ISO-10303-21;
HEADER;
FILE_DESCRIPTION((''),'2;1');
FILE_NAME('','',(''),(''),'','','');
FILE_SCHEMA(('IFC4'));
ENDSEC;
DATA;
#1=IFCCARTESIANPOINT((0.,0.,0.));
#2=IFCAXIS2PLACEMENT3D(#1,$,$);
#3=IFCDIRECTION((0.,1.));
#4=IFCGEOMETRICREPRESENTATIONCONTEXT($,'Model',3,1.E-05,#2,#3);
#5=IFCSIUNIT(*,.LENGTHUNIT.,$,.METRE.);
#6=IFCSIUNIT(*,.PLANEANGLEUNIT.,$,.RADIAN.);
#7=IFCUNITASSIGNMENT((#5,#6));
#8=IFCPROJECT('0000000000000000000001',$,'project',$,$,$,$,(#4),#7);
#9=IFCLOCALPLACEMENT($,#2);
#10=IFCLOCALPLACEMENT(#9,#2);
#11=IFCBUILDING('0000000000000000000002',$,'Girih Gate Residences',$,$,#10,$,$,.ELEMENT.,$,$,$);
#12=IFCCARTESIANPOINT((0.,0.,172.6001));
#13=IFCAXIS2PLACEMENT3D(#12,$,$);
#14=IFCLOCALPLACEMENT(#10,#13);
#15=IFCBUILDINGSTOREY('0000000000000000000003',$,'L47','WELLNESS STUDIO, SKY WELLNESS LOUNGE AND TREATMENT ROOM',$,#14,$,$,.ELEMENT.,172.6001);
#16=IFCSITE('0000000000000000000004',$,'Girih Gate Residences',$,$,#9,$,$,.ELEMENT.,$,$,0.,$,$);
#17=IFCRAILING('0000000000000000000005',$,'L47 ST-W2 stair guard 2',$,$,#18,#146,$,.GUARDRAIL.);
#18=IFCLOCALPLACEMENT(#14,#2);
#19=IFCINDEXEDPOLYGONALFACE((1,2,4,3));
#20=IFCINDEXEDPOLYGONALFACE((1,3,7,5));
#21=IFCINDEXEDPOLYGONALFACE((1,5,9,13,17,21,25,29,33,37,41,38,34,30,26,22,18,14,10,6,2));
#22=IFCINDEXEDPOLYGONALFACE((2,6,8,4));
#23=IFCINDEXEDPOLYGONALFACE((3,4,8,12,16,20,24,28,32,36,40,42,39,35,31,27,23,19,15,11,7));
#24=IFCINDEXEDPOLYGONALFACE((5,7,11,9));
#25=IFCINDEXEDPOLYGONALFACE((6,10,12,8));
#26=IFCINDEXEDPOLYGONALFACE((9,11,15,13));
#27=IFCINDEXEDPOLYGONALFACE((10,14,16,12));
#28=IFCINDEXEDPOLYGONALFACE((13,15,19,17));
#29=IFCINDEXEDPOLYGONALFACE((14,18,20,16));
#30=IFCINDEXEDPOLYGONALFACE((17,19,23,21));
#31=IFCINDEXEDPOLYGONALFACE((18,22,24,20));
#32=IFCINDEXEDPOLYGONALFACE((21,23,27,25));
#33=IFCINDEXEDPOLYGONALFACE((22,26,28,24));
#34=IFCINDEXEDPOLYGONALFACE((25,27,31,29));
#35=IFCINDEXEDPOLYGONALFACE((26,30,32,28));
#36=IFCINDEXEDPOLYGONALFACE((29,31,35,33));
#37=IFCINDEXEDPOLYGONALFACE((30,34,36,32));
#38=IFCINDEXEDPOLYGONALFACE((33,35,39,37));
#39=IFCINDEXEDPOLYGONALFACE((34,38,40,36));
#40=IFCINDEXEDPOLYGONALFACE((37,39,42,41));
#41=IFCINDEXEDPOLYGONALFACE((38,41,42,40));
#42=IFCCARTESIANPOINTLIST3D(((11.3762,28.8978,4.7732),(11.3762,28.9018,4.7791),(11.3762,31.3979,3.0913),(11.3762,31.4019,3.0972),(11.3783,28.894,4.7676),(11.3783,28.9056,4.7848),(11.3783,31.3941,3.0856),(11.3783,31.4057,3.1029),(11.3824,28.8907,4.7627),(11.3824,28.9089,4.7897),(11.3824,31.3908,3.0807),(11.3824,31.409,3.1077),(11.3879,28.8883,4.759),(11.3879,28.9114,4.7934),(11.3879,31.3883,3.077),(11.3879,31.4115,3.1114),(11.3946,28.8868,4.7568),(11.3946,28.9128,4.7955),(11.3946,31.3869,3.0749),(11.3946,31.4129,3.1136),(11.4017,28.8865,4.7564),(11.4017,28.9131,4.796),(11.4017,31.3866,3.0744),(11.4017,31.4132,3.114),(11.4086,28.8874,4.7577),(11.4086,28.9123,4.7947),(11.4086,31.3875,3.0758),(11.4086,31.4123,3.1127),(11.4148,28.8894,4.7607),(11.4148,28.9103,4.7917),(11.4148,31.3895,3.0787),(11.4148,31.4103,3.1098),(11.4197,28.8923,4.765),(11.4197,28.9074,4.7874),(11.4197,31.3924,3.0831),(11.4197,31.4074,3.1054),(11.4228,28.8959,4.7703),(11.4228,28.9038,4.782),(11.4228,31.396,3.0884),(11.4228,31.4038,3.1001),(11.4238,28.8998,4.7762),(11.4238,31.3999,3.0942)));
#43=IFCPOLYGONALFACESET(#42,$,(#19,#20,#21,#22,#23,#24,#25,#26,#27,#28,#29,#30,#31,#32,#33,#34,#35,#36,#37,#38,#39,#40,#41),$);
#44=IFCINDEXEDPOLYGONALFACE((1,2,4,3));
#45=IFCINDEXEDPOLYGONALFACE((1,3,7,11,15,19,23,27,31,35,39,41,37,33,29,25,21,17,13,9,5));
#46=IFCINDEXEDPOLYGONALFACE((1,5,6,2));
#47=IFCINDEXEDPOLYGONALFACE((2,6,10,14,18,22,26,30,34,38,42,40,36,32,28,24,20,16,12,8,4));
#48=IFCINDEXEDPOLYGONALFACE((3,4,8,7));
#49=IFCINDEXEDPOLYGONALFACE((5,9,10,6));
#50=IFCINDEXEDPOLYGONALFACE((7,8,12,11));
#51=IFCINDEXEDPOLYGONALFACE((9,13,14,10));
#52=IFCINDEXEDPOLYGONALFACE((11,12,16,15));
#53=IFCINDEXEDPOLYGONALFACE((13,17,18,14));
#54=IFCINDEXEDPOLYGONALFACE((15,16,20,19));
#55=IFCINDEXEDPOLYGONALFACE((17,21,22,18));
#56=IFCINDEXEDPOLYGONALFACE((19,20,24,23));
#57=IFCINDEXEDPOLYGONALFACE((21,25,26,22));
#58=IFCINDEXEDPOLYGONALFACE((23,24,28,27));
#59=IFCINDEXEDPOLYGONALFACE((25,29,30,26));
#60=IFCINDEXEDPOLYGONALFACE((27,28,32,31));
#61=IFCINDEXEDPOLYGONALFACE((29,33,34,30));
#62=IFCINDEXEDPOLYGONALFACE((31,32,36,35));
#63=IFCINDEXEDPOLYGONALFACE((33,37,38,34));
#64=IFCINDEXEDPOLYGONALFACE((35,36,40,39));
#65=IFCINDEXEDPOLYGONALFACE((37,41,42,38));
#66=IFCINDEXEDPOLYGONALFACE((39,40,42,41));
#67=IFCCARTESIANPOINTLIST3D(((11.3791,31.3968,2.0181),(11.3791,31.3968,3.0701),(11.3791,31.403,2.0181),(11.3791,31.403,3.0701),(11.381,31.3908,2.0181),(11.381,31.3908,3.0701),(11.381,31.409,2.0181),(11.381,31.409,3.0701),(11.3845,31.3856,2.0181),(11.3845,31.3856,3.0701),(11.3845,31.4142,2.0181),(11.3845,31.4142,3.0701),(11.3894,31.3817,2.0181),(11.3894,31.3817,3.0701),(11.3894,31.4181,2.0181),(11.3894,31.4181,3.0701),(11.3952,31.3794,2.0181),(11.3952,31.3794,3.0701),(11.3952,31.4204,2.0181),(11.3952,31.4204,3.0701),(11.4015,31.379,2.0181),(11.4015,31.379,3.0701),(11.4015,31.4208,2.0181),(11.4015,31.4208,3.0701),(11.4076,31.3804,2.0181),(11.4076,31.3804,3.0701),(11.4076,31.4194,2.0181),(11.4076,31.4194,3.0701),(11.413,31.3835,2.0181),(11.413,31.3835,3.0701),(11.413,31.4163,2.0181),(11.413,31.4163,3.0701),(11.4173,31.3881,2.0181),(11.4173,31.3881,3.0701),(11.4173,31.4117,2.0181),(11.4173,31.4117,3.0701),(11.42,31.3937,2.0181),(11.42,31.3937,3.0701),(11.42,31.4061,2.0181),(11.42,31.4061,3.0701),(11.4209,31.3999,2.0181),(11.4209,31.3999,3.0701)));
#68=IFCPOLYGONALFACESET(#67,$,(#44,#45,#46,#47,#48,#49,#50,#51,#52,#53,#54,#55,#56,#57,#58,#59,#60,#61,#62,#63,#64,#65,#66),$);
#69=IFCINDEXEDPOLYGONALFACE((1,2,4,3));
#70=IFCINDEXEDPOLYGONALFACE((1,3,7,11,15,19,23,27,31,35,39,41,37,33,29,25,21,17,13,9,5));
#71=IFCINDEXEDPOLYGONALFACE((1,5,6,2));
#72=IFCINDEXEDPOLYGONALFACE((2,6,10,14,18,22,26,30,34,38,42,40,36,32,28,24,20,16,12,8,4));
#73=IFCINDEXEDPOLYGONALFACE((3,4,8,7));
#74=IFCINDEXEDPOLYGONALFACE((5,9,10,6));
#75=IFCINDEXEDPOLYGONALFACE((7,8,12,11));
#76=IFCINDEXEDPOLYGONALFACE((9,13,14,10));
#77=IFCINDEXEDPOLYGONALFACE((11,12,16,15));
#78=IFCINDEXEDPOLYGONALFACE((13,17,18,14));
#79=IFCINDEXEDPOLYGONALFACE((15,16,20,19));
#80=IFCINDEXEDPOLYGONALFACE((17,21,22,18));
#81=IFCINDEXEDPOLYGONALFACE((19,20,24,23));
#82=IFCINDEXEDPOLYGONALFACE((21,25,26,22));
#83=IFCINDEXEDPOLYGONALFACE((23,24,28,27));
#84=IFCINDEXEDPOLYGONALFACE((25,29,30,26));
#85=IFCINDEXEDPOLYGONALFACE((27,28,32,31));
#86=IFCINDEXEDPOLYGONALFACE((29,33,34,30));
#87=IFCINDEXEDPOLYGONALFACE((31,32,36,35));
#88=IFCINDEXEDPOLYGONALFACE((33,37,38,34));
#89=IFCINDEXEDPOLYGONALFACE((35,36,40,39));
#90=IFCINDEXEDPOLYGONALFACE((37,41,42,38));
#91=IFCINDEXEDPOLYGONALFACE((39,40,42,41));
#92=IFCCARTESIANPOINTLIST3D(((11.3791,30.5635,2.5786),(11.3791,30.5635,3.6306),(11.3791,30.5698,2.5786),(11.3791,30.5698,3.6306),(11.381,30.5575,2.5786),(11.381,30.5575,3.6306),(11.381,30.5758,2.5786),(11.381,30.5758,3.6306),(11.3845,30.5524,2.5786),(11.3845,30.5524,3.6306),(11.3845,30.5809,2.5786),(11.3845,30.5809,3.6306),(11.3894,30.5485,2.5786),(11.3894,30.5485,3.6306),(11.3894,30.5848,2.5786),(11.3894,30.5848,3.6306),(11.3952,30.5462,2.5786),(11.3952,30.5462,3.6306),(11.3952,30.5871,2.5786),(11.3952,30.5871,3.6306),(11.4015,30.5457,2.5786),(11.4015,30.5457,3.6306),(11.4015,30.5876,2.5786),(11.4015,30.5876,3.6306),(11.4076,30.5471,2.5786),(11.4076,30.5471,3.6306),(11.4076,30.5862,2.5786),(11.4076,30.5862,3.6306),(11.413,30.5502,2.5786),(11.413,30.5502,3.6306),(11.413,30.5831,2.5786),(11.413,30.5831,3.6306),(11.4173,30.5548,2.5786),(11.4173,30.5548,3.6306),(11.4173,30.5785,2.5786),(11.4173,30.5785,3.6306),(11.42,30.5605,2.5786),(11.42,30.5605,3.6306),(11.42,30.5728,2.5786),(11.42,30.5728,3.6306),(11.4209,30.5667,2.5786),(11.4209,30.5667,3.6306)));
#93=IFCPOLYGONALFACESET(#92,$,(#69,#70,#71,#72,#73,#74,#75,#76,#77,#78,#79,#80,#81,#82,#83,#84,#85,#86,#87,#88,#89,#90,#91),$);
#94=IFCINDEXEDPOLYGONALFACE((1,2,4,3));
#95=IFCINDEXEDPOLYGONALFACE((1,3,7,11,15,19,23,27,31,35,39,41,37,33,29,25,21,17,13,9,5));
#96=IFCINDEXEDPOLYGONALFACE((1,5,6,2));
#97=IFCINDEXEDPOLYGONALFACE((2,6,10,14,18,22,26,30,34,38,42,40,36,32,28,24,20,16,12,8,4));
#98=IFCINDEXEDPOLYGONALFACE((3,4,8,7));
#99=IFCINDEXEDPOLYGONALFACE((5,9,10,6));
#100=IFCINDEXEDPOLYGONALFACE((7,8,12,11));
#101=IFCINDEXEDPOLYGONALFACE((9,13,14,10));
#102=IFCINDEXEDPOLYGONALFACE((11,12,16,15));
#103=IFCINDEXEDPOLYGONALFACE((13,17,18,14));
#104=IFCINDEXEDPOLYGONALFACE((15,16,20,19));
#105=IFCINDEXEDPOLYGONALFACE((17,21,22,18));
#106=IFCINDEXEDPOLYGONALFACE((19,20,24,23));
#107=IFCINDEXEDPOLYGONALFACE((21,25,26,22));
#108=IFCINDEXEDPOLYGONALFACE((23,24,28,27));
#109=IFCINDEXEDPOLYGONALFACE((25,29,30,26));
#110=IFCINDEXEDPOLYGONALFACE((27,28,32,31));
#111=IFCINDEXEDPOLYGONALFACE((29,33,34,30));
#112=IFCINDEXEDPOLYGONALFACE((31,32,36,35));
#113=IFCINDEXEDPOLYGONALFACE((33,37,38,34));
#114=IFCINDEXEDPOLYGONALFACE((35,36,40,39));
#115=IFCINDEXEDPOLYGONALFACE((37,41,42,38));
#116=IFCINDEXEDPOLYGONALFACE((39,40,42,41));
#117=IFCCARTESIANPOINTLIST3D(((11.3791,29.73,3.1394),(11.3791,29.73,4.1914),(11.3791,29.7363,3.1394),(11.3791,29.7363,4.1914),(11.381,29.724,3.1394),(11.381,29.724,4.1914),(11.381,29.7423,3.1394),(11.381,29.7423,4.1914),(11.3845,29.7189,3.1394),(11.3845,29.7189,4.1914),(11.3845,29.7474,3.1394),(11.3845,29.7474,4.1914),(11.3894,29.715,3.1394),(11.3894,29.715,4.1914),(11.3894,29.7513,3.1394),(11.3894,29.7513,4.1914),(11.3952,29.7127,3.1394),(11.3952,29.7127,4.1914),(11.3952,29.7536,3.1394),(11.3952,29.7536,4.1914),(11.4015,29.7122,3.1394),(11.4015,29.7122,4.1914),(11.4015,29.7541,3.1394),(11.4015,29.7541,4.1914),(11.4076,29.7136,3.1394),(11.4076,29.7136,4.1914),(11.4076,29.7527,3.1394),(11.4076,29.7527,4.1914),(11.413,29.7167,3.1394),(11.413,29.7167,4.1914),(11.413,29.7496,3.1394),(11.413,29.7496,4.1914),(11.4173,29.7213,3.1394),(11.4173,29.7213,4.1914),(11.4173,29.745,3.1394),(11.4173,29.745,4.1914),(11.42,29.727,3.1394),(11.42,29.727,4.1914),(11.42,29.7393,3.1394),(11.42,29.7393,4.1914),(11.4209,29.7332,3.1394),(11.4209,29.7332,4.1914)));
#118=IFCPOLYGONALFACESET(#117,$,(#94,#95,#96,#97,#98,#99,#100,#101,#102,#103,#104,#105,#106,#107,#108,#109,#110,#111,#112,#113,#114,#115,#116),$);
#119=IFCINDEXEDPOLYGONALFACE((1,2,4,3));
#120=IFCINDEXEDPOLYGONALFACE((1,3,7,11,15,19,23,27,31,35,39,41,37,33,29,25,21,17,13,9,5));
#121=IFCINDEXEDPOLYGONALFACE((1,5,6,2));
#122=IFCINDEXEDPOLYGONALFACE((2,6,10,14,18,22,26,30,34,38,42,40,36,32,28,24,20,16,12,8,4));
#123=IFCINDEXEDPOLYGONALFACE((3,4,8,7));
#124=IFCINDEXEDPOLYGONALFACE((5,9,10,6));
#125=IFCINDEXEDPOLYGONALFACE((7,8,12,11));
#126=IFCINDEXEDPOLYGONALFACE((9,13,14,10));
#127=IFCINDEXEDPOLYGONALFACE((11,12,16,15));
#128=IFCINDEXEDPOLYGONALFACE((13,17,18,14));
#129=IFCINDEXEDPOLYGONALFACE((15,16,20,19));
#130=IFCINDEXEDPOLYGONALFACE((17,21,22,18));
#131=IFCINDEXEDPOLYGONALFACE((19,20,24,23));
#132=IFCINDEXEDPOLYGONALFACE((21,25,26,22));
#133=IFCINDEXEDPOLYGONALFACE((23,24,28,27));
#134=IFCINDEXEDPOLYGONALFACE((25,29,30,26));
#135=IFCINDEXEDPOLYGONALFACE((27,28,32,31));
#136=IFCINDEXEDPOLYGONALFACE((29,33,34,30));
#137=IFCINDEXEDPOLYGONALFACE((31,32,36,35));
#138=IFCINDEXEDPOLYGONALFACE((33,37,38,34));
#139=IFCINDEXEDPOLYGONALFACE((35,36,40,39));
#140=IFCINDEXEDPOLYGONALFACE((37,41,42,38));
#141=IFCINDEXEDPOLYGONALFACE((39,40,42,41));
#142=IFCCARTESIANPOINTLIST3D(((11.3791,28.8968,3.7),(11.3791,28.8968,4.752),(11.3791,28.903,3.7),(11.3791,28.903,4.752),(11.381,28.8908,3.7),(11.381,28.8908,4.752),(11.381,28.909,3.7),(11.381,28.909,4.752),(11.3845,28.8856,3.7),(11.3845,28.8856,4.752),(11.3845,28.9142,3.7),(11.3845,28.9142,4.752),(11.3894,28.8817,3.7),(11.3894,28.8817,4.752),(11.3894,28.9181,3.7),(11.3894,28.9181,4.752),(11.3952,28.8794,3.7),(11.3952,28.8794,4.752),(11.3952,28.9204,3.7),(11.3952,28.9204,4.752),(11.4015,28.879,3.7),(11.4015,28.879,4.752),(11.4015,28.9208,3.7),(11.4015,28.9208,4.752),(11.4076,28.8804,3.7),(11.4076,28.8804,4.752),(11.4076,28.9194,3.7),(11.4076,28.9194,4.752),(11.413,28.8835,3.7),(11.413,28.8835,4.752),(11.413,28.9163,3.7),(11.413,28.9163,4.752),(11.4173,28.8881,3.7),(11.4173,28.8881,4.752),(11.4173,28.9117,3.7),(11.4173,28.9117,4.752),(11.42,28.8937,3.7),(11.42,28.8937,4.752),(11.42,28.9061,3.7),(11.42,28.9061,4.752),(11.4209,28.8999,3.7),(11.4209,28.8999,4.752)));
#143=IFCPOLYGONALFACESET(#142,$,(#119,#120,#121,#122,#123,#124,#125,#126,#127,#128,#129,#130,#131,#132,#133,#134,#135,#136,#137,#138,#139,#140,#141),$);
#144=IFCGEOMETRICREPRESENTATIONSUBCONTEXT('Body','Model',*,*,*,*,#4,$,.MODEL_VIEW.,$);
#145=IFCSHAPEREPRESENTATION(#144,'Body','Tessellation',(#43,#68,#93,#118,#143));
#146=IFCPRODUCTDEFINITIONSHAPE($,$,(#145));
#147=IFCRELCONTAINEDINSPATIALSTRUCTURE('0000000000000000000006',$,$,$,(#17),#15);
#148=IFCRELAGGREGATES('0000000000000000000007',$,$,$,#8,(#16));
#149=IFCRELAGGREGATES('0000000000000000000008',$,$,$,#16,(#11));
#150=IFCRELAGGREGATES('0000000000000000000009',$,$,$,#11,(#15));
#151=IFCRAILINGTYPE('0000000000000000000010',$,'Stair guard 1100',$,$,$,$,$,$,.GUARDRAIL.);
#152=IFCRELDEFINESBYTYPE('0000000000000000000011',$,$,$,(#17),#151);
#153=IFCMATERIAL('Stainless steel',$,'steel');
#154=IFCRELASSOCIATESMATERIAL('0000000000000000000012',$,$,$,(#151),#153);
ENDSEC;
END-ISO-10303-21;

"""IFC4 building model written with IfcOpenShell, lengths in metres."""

from ifc_helpers import new_model, si_unit, direction, frame, origin, origin_2d, place, context, subcontext, project, spatial, circle, extrude, material, type_object, element, save


model = new_model("IFC4")

# Units and contexts
model_context = context("Model", 3, precision=1e-05, world=origin(), true_north=direction((0.0, 1.0)))
body_context = subcontext(model_context, "Body", "Model", "MODEL_VIEW")
ifc_project = project(units=[si_unit("LENGTHUNIT", "METRE"), si_unit("PLANEANGLEUNIT", "RADIAN")], contexts=[model_context])

# Site, building, storey
site_placement = place(None, origin())
site = spatial("IfcSite", under=ifc_project, at=site_placement, Name="Girih Gate Residences", CompositionType="ELEMENT", RefElevation=0.0)
building_placement = place(site_placement, origin())
building = spatial("IfcBuilding", under=site, at=building_placement, Name="Girih Gate Residences", CompositionType="ELEMENT")
storey_placement = place(building_placement, frame((0.0, 0.0, 172.6001)))
storey = spatial("IfcBuildingStorey", under=building, at=storey_placement, Name="L47", Description="WELLNESS STUDIO, SKY WELLNESS LOUNGE AND TREATMENT ROOM", CompositionType="ELEMENT", Elevation=172.6001)

# Railing
ifc_material_1 = material(Name="Stainless steel", Category="steel")
railing_type_1 = type_object("IfcRailingType", Name="Stair guard 1100", PredefinedType="GUARDRAIL", material=ifc_material_1)
railing_1_placement = place(storey_placement, frame((11.3999, 31.3999, 2.0181)))
element("IfcRailing", 1, at=railing_1_placement, inside=storey, type_object=railing_type_1, Name="L47 ST-W2 stair guard 2", PredefinedType="GUARDRAIL", context=body_context, shape_type="SweptSolid", body=[
    extrude(circle(Radius=0.0239, at=origin_2d()), frame((0.0, 0.0, 1.0762), z_axis=(0.0, -0.829712, 0.558192), x_axis=(1.0, 0.0, 0.0)), (0.0, 0.0, 1.0), 3.0132),
    extrude(circle(Radius=0.021, at=origin_2d()), origin(), (0.0, 0.0, 1.0), 1.052),
    extrude(circle(Radius=0.021, at=origin_2d()), frame((0.0, -0.8333, 0.5605)), (0.0, 0.0, 1.0), 1.052),
    extrude(circle(Radius=0.021, at=origin_2d()), frame((0.0, -1.6667, 1.1213)), (0.0, 0.0, 1.0), 1.052),
    extrude(circle(Radius=0.021, at=origin_2d()), frame((0.0, -2.5, 1.6819)), (0.0, 0.0, 1.0), 1.052),
])

save(model, "model.ifc")
